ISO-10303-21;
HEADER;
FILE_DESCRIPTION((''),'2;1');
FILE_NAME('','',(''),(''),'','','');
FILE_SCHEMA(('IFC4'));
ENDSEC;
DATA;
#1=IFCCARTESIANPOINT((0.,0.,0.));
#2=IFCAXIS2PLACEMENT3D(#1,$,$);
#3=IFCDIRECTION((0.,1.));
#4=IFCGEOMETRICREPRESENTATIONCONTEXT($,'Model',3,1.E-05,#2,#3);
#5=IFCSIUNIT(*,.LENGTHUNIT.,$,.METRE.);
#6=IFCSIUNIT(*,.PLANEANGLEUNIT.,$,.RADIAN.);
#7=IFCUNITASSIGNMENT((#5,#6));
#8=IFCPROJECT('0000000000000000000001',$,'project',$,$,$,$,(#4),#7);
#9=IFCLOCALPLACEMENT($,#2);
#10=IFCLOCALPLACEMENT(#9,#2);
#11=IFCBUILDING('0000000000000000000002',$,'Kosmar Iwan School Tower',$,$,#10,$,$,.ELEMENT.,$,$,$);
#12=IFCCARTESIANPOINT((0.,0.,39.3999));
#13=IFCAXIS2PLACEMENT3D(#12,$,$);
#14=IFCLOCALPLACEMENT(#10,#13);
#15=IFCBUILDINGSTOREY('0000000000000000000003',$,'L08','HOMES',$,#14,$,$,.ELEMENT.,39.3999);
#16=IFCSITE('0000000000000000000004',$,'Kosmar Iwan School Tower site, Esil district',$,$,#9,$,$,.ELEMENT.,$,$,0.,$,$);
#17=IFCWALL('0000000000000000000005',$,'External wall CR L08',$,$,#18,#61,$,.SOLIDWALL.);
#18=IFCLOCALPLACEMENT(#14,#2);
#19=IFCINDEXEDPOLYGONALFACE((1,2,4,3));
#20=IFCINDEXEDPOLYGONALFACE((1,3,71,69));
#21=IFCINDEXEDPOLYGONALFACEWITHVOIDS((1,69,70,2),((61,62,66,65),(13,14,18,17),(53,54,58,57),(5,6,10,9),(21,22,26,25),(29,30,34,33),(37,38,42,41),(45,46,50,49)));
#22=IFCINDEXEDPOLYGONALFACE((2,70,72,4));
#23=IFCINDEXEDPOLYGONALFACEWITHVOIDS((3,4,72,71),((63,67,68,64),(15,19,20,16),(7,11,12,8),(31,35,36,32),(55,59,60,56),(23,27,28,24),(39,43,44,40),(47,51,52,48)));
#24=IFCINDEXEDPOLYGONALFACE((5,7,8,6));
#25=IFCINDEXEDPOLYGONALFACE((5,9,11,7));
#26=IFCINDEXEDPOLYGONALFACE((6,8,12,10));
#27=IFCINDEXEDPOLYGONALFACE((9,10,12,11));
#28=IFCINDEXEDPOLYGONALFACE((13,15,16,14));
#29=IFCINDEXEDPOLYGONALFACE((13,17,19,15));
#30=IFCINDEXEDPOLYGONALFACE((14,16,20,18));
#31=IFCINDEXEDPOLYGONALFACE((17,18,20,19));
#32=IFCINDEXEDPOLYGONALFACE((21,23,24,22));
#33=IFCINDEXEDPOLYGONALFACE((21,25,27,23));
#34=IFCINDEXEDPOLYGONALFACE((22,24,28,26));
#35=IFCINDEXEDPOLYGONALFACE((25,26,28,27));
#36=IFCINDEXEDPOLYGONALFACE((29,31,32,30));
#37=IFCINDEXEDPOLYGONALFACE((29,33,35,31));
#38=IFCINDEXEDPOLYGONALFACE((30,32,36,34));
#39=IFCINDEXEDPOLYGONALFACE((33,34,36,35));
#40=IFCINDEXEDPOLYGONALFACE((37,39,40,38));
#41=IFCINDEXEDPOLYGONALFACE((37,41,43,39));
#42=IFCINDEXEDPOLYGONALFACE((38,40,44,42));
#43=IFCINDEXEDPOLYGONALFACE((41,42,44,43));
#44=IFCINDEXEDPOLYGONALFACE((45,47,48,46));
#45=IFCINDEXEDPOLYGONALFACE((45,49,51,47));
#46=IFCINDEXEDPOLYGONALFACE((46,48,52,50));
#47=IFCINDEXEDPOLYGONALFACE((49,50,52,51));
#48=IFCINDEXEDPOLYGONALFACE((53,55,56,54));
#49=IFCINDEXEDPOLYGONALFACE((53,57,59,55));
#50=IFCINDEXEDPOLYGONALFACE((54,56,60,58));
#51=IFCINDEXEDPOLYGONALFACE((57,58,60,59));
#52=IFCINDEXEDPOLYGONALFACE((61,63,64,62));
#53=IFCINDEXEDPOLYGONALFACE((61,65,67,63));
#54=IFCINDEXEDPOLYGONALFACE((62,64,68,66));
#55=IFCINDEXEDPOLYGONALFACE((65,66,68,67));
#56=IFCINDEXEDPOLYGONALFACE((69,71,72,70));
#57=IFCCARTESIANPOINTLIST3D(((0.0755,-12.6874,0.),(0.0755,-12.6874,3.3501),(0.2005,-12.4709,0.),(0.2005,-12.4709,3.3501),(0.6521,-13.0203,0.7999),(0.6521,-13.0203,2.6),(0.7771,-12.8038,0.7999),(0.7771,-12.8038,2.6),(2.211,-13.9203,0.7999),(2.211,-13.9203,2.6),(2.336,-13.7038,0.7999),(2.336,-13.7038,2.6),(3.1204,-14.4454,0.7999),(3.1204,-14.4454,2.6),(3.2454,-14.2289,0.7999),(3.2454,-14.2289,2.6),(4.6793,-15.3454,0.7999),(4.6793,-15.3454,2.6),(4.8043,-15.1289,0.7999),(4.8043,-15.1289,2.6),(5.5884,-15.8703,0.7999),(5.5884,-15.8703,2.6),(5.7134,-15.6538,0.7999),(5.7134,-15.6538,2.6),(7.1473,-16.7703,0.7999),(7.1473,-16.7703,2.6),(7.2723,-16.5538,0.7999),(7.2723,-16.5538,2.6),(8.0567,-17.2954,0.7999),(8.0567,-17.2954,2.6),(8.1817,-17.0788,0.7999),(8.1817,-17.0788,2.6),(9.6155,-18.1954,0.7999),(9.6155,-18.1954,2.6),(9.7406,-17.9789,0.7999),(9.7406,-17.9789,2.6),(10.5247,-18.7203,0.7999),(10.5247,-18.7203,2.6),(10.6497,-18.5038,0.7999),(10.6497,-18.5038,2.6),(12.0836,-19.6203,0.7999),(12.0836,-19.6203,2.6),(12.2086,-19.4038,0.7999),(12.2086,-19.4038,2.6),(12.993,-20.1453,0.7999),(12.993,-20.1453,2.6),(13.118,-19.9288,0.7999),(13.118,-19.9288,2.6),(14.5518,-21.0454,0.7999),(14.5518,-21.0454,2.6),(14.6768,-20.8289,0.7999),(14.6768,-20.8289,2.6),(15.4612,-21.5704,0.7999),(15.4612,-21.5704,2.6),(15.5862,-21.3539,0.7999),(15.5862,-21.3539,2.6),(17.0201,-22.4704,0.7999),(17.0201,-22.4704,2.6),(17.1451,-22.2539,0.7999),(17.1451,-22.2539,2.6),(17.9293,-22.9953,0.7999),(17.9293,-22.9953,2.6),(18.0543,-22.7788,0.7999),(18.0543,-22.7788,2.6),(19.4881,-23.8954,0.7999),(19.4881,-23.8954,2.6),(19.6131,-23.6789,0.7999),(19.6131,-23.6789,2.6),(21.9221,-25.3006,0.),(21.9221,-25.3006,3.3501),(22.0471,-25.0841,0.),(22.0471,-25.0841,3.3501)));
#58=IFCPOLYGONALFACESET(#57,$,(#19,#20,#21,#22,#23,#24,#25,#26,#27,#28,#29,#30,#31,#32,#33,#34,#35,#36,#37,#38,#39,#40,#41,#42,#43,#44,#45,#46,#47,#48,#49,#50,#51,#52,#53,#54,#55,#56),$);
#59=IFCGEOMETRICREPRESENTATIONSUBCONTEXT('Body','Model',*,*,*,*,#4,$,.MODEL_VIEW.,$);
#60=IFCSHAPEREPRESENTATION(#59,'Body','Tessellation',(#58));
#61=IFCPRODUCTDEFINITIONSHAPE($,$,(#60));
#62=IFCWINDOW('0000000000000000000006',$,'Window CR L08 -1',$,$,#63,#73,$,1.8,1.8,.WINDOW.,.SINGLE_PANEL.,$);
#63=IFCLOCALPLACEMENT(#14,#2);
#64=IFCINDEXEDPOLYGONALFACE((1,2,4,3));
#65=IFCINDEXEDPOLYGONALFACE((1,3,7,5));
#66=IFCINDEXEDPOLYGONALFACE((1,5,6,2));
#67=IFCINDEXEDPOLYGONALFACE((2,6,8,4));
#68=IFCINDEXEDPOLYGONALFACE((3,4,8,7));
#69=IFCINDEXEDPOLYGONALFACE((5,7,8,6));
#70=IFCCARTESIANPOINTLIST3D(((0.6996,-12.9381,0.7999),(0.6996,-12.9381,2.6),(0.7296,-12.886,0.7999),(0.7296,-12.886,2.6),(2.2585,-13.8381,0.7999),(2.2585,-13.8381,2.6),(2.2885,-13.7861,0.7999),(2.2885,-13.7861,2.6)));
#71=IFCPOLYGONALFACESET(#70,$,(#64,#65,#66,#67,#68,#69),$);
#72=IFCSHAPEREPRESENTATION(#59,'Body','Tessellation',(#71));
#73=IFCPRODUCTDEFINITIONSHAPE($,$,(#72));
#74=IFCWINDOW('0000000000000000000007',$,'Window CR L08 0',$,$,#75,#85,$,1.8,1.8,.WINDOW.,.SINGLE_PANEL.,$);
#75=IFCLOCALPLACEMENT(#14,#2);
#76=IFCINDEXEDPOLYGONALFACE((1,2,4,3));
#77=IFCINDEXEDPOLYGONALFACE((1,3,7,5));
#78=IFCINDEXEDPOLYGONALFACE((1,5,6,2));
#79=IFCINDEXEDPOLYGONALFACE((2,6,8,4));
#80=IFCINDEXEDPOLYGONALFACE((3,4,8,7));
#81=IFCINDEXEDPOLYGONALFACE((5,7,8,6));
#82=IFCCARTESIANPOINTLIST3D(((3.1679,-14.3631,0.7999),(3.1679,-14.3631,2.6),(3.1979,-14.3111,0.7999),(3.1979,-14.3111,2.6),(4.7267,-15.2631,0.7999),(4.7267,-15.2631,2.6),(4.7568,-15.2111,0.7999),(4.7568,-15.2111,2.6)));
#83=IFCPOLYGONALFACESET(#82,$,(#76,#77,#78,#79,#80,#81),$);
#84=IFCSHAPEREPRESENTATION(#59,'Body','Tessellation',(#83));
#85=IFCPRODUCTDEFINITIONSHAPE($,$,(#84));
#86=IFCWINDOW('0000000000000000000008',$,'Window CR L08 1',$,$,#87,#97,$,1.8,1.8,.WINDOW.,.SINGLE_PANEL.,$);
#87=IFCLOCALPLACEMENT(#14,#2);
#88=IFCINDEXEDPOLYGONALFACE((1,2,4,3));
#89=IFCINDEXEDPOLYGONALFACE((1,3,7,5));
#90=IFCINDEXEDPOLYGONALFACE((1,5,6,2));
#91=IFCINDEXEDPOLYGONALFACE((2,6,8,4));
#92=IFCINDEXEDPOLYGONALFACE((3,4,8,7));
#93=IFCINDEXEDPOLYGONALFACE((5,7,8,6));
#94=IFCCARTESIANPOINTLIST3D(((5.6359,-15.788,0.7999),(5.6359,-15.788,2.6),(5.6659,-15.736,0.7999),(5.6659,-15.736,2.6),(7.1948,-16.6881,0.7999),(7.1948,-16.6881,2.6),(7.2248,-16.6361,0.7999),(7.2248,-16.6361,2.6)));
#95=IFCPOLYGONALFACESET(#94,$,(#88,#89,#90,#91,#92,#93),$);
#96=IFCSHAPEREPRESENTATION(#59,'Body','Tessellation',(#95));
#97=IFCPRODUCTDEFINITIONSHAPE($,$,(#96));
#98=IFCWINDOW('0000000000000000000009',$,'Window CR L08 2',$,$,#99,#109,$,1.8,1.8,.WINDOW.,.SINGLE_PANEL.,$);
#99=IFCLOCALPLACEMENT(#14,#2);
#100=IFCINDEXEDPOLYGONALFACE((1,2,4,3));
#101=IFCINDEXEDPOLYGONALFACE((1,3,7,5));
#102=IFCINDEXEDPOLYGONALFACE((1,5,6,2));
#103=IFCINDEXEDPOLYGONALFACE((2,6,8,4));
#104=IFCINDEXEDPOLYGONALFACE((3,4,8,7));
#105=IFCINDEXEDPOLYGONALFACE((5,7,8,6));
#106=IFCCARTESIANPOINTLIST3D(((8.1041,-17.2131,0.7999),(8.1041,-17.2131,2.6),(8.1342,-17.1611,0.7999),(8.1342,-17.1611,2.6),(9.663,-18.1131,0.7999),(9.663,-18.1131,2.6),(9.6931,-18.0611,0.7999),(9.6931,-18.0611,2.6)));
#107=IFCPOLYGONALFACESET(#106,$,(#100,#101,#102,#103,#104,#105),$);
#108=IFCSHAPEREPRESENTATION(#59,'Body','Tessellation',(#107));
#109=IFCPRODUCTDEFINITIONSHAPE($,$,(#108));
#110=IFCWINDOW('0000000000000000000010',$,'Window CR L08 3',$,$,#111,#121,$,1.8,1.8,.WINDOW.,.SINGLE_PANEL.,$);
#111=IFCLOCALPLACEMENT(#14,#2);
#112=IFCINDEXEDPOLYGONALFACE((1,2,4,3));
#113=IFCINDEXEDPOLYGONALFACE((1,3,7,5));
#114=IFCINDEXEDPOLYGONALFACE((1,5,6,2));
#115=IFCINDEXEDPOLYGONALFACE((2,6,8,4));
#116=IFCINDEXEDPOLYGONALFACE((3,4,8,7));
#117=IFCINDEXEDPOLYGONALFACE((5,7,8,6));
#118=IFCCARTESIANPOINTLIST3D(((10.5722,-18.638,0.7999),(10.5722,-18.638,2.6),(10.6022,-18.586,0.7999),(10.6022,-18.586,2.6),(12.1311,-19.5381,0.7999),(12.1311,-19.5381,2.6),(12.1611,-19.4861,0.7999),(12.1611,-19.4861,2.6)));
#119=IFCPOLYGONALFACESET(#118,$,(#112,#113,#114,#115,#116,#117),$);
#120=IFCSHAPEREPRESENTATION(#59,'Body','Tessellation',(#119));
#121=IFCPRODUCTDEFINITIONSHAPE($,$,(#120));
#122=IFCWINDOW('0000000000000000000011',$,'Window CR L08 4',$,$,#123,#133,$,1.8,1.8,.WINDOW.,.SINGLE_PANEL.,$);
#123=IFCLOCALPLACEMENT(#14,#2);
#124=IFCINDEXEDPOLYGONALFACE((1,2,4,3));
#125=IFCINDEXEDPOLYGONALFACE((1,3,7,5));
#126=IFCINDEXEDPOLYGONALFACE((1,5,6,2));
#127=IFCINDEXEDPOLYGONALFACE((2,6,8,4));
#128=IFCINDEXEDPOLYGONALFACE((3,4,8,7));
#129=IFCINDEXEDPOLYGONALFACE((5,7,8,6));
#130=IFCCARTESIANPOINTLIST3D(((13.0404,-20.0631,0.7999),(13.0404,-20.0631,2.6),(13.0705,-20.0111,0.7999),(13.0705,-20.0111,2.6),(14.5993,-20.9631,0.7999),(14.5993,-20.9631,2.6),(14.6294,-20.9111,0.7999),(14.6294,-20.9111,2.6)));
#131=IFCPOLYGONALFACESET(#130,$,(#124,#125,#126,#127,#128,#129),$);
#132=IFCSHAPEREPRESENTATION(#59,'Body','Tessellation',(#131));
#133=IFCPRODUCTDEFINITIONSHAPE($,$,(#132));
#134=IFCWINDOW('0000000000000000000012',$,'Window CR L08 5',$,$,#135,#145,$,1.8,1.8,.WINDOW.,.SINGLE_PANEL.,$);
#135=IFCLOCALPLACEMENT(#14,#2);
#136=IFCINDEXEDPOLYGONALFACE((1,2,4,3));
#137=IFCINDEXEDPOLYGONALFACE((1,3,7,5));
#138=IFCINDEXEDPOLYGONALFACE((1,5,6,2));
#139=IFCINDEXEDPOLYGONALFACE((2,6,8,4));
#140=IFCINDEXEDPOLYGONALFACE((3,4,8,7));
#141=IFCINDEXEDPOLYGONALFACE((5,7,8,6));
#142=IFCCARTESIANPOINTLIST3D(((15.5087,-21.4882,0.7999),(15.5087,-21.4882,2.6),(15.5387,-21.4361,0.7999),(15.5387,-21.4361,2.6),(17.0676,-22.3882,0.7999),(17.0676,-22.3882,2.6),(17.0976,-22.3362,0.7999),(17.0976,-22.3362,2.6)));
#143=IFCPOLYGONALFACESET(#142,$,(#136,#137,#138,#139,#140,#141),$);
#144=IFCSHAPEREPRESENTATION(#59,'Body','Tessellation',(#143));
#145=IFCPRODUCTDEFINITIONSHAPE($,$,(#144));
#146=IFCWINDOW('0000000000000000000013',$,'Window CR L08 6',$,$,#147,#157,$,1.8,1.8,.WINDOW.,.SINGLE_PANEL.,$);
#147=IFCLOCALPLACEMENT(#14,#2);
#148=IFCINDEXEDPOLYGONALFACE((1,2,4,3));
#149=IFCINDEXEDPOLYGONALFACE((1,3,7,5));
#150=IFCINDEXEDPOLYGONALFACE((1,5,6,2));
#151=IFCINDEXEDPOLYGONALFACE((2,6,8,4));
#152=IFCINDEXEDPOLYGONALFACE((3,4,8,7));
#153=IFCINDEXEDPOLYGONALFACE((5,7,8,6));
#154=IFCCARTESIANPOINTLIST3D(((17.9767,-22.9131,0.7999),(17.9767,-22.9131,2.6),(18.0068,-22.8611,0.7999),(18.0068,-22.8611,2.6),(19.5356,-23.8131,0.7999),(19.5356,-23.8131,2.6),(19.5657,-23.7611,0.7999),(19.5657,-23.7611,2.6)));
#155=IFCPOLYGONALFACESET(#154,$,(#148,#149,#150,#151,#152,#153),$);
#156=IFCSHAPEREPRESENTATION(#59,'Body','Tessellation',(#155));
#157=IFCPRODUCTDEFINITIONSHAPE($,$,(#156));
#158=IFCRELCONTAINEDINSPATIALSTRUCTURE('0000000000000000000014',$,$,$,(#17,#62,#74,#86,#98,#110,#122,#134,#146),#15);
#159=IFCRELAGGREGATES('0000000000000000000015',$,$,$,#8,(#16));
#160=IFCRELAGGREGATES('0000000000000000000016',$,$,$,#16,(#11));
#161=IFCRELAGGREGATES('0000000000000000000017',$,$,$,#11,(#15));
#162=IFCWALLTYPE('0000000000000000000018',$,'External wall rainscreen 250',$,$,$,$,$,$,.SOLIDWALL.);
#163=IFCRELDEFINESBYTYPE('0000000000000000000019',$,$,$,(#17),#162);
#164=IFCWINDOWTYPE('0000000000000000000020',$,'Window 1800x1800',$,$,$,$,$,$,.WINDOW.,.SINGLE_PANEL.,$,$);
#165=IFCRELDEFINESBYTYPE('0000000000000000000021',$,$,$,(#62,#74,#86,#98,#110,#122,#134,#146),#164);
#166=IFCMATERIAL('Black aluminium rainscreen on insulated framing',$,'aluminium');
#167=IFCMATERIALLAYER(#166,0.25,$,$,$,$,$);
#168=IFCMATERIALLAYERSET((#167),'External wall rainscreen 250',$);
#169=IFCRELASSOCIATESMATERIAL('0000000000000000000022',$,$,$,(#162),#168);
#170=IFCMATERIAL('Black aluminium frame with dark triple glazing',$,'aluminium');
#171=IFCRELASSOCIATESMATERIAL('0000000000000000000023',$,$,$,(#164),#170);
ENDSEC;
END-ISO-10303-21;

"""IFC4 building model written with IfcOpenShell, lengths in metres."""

from ifc_helpers import new_model, si_unit, direction, frame, frame_2d, origin, place, context, subcontext, project, spatial, rectangle, extrude, material, layer, layer_set, type_object, element, fill, save


model = new_model("IFC4")

# Units and contexts
model_context = context("Model", 3, precision=1e-05, world=origin(), true_north=direction((0.0, 1.0)))
body_context = subcontext(model_context, "Body", "Model", "MODEL_VIEW")
ifc_project = project(units=[si_unit("LENGTHUNIT", "METRE"), si_unit("PLANEANGLEUNIT", "RADIAN")], contexts=[model_context])

# Site, building, storey
site_placement = place(None, origin())
site = spatial("IfcSite", under=ifc_project, at=site_placement, Name="Kosmar Iwan School Tower site, Esil district", CompositionType="ELEMENT", RefElevation=0.0)
building_placement = place(site_placement, origin())
building = spatial("IfcBuilding", under=site, at=building_placement, Name="Kosmar Iwan School Tower", CompositionType="ELEMENT")
storey_placement = place(building_placement, frame((0.0, 0.0, 39.3999)))
storey = spatial("IfcBuildingStorey", under=building, at=storey_placement, Name="L08", Description="HOMES", CompositionType="ELEMENT", Elevation=39.3999)

# Wall, openings, windows
ifc_material_1 = material(Name="Black aluminium rainscreen on insulated framing", Category="aluminium")
ifc_layer = layer(ifc_material_1, 0.25)
ifc_layer_set = layer_set([ifc_layer], Name="External wall rainscreen 250")
wall_type = type_object("IfcWallType", Name="External wall rainscreen 250", PredefinedType="SOLIDWALL", material=ifc_layer_set)
ifc_material_2 = material(Name="Black aluminium frame with dark triple glazing", Category="aluminium")
window_type = type_object("IfcWindowType", Name="Window 1800x1800", PartitioningType="SINGLE_PANEL", PredefinedType="WINDOW", material=ifc_material_2)
wall_1_placement = place(storey_placement, frame((0.1379, -12.5791, 0.0), z_axis=(0.0, 0.0, 1.0), x_axis=(0.866024, -0.500003, 0.0)))
wall_1 = element("IfcWall", 1, at=wall_1_placement, inside=storey, type_object=wall_type, Name="External wall CR L08", PredefinedType="SOLIDWALL", context=body_context, shape_type="SweptSolid", body=[
    extrude(rectangle(XDim=25.2263, YDim=0.25, at=frame_2d((12.6133, 0.0))), origin(), (0.0, 0.0, 1.0), 3.3501),
])
opening_1_placement = place(wall_1_placement, frame((0.666, 0.0, 0.8)))
opening_1 = element("IfcOpeningElement", 2, at=opening_1_placement, cuts=wall_1, PredefinedType="OPENING", context=body_context, shape_type="SweptSolid", body=[
    extrude(rectangle(XDim=1.8, YDim=1.8, at=frame_2d((0.8999, 0.8999))), frame((0.0, 0.137, 0.0), z_axis=(0.0, -1.0, 0.0), x_axis=(1.0, 0.0, 0.0)), (0.0, 0.0, 1.0), 0.2739),
])
opening_2_placement = place(wall_1_placement, frame((3.5161, 0.0, 0.8)))
opening_2 = element("IfcOpeningElement", 3, at=opening_2_placement, cuts=wall_1, PredefinedType="OPENING", context=body_context, shape_type="SweptSolid", body=[
    extrude(rectangle(XDim=1.8, YDim=1.8, at=frame_2d((0.8999, 0.8999))), frame((0.0, 0.137, 0.0), z_axis=(0.0, -1.0, 0.0), x_axis=(1.0, 0.0, 0.0)), (0.0, 0.0, 1.0), 0.2739),
])
opening_3_placement = place(wall_1_placement, frame((6.366, 0.0, 0.8)))
opening_3 = element("IfcOpeningElement", 4, at=opening_3_placement, cuts=wall_1, PredefinedType="OPENING", context=body_context, shape_type="SweptSolid", body=[
    extrude(rectangle(XDim=1.8, YDim=1.8, at=frame_2d((0.8999, 0.8999))), frame((0.0, 0.137, 0.0), z_axis=(0.0, -1.0, 0.0), x_axis=(1.0, 0.0, 0.0)), (0.0, 0.0, 1.0), 0.2739),
])
opening_4_placement = place(wall_1_placement, frame((9.2161, 0.0, 0.8)))
opening_4 = element("IfcOpeningElement", 5, at=opening_4_placement, cuts=wall_1, PredefinedType="OPENING", context=body_context, shape_type="SweptSolid", body=[
    extrude(rectangle(XDim=1.8, YDim=1.8, at=frame_2d((0.8999, 0.8999))), frame((0.0, 0.137, 0.0), z_axis=(0.0, -1.0, 0.0), x_axis=(1.0, 0.0, 0.0)), (0.0, 0.0, 1.0), 0.2739),
])
opening_5_placement = place(wall_1_placement, frame((12.0659, 0.0, 0.8)))
opening_5 = element("IfcOpeningElement", 6, at=opening_5_placement, cuts=wall_1, PredefinedType="OPENING", context=body_context, shape_type="SweptSolid", body=[
    extrude(rectangle(XDim=1.8, YDim=1.8, at=frame_2d((0.8999, 0.8999))), frame((0.0, 0.137, 0.0), z_axis=(0.0, -1.0, 0.0), x_axis=(1.0, 0.0, 0.0)), (0.0, 0.0, 1.0), 0.2739),
])
opening_6_placement = place(wall_1_placement, frame((14.916, 0.0, 0.8)))
opening_6 = element("IfcOpeningElement", 7, at=opening_6_placement, cuts=wall_1, PredefinedType="OPENING", context=body_context, shape_type="SweptSolid", body=[
    extrude(rectangle(XDim=1.8, YDim=1.8, at=frame_2d((0.8999, 0.8999))), frame((0.0, 0.137, 0.0), z_axis=(0.0, -1.0, 0.0), x_axis=(1.0, 0.0, 0.0)), (0.0, 0.0, 1.0), 0.2739),
])
opening_7_placement = place(wall_1_placement, frame((17.7661, 0.0, 0.8)))
opening_7 = element("IfcOpeningElement", 8, at=opening_7_placement, cuts=wall_1, PredefinedType="OPENING", context=body_context, shape_type="SweptSolid", body=[
    extrude(rectangle(XDim=1.8, YDim=1.8, at=frame_2d((0.8999, 0.8999))), frame((0.0, 0.137, 0.0), z_axis=(0.0, -1.0, 0.0), x_axis=(1.0, 0.0, 0.0)), (0.0, 0.0, 1.0), 0.2739),
])
opening_8_placement = place(wall_1_placement, frame((20.616, 0.0, 0.8)))
opening_8 = element("IfcOpeningElement", 9, at=opening_8_placement, cuts=wall_1, PredefinedType="OPENING", context=body_context, shape_type="SweptSolid", body=[
    extrude(rectangle(XDim=1.8, YDim=1.8, at=frame_2d((0.8999, 0.8999))), frame((0.0, 0.137, 0.0), z_axis=(0.0, -1.0, 0.0), x_axis=(1.0, 0.0, 0.0)), (0.0, 0.0, 1.0), 0.2739),
])
window_1_placement = place(opening_1_placement, origin())
window_1 = element("IfcWindow", 10, at=window_1_placement, inside=storey, type_object=window_type, Name="Window CR L08 -1", OverallHeight=1.8, OverallWidth=1.8, PartitioningType="SINGLE_PANEL", PredefinedType="WINDOW", context=body_context, shape_type="SweptSolid", body=[
    extrude(rectangle(XDim=1.8, YDim=1.8, at=frame_2d((0.8999, 0.8999))), frame((0.0, 0.03, 0.0), z_axis=(0.0, -1.0, 0.0), x_axis=(1.0, 0.0, 0.0)), (0.0, 0.0, 1.0), 0.0601),
])
fill(opening_1, window_1)
window_2_placement = place(opening_2_placement, origin())
window_2 = element("IfcWindow", 11, at=window_2_placement, inside=storey, type_object=window_type, Name="Window CR L08 0", OverallHeight=1.8, OverallWidth=1.8, PartitioningType="SINGLE_PANEL", PredefinedType="WINDOW", context=body_context, shape_type="SweptSolid", body=[
    extrude(rectangle(XDim=1.8, YDim=1.8, at=frame_2d((0.8999, 0.8999))), frame((0.0, 0.03, 0.0), z_axis=(0.0, -1.0, 0.0), x_axis=(1.0, 0.0, 0.0)), (0.0, 0.0, 1.0), 0.0601),
])
fill(opening_2, window_2)
window_3_placement = place(opening_3_placement, origin())
window_3 = element("IfcWindow", 12, at=window_3_placement, inside=storey, type_object=window_type, Name="Window CR L08 1", OverallHeight=1.8, OverallWidth=1.8, PartitioningType="SINGLE_PANEL", PredefinedType="WINDOW", context=body_context, shape_type="SweptSolid", body=[
    extrude(rectangle(XDim=1.8, YDim=1.8, at=frame_2d((0.8999, 0.8999))), frame((0.0, 0.03, 0.0), z_axis=(0.0, -1.0, 0.0), x_axis=(1.0, 0.0, 0.0)), (0.0, 0.0, 1.0), 0.0601),
])
fill(opening_3, window_3)
window_4_placement = place(opening_4_placement, origin())
window_4 = element("IfcWindow", 13, at=window_4_placement, inside=storey, type_object=window_type, Name="Window CR L08 2", OverallHeight=1.8, OverallWidth=1.8, PartitioningType="SINGLE_PANEL", PredefinedType="WINDOW", context=body_context, shape_type="SweptSolid", body=[
    extrude(rectangle(XDim=1.8, YDim=1.8, at=frame_2d((0.8999, 0.8999))), frame((0.0, 0.03, 0.0), z_axis=(0.0, -1.0, 0.0), x_axis=(1.0, 0.0, 0.0)), (0.0, 0.0, 1.0), 0.0601),
])
fill(opening_4, window_4)
window_5_placement = place(opening_5_placement, origin())
window_5 = element("IfcWindow", 14, at=window_5_placement, inside=storey, type_object=window_type, Name="Window CR L08 3", OverallHeight=1.8, OverallWidth=1.8, PartitioningType="SINGLE_PANEL", PredefinedType="WINDOW", context=body_context, shape_type="SweptSolid", body=[
    extrude(rectangle(XDim=1.8, YDim=1.8, at=frame_2d((0.8999, 0.8999))), frame((0.0, 0.03, 0.0), z_axis=(0.0, -1.0, 0.0), x_axis=(1.0, 0.0, 0.0)), (0.0, 0.0, 1.0), 0.0601),
])
fill(opening_5, window_5)
window_6_placement = place(opening_6_placement, origin())
window_6 = element("IfcWindow", 15, at=window_6_placement, inside=storey, type_object=window_type, Name="Window CR L08 4", OverallHeight=1.8, OverallWidth=1.8, PartitioningType="SINGLE_PANEL", PredefinedType="WINDOW", context=body_context, shape_type="SweptSolid", body=[
    extrude(rectangle(XDim=1.8, YDim=1.8, at=frame_2d((0.8999, 0.8999))), frame((0.0, 0.03, 0.0), z_axis=(0.0, -1.0, 0.0), x_axis=(1.0, 0.0, 0.0)), (0.0, 0.0, 1.0), 0.0601),
])
fill(opening_6, window_6)
window_7_placement = place(opening_7_placement, origin())
window_7 = element("IfcWindow", 16, at=window_7_placement, inside=storey, type_object=window_type, Name="Window CR L08 5", OverallHeight=1.8, OverallWidth=1.8, PartitioningType="SINGLE_PANEL", PredefinedType="WINDOW", context=body_context, shape_type="SweptSolid", body=[
    extrude(rectangle(XDim=1.8, YDim=1.8, at=frame_2d((0.8999, 0.8999))), frame((0.0, 0.03, 0.0), z_axis=(0.0, -1.0, 0.0), x_axis=(1.0, 0.0, 0.0)), (0.0, 0.0, 1.0), 0.0601),
])
fill(opening_7, window_7)
window_8_placement = place(opening_8_placement, origin())
window_8 = element("IfcWindow", 17, at=window_8_placement, inside=storey, type_object=window_type, Name="Window CR L08 6", OverallHeight=1.8, OverallWidth=1.8, PartitioningType="SINGLE_PANEL", PredefinedType="WINDOW", context=body_context, shape_type="SweptSolid", body=[
    extrude(rectangle(XDim=1.8, YDim=1.8, at=frame_2d((0.8999, 0.8999))), frame((0.0, 0.03, 0.0), z_axis=(0.0, -1.0, 0.0), x_axis=(1.0, 0.0, 0.0)), (0.0, 0.0, 1.0), 0.0601),
])
fill(opening_8, window_8)

save(model, "model.ifc")
